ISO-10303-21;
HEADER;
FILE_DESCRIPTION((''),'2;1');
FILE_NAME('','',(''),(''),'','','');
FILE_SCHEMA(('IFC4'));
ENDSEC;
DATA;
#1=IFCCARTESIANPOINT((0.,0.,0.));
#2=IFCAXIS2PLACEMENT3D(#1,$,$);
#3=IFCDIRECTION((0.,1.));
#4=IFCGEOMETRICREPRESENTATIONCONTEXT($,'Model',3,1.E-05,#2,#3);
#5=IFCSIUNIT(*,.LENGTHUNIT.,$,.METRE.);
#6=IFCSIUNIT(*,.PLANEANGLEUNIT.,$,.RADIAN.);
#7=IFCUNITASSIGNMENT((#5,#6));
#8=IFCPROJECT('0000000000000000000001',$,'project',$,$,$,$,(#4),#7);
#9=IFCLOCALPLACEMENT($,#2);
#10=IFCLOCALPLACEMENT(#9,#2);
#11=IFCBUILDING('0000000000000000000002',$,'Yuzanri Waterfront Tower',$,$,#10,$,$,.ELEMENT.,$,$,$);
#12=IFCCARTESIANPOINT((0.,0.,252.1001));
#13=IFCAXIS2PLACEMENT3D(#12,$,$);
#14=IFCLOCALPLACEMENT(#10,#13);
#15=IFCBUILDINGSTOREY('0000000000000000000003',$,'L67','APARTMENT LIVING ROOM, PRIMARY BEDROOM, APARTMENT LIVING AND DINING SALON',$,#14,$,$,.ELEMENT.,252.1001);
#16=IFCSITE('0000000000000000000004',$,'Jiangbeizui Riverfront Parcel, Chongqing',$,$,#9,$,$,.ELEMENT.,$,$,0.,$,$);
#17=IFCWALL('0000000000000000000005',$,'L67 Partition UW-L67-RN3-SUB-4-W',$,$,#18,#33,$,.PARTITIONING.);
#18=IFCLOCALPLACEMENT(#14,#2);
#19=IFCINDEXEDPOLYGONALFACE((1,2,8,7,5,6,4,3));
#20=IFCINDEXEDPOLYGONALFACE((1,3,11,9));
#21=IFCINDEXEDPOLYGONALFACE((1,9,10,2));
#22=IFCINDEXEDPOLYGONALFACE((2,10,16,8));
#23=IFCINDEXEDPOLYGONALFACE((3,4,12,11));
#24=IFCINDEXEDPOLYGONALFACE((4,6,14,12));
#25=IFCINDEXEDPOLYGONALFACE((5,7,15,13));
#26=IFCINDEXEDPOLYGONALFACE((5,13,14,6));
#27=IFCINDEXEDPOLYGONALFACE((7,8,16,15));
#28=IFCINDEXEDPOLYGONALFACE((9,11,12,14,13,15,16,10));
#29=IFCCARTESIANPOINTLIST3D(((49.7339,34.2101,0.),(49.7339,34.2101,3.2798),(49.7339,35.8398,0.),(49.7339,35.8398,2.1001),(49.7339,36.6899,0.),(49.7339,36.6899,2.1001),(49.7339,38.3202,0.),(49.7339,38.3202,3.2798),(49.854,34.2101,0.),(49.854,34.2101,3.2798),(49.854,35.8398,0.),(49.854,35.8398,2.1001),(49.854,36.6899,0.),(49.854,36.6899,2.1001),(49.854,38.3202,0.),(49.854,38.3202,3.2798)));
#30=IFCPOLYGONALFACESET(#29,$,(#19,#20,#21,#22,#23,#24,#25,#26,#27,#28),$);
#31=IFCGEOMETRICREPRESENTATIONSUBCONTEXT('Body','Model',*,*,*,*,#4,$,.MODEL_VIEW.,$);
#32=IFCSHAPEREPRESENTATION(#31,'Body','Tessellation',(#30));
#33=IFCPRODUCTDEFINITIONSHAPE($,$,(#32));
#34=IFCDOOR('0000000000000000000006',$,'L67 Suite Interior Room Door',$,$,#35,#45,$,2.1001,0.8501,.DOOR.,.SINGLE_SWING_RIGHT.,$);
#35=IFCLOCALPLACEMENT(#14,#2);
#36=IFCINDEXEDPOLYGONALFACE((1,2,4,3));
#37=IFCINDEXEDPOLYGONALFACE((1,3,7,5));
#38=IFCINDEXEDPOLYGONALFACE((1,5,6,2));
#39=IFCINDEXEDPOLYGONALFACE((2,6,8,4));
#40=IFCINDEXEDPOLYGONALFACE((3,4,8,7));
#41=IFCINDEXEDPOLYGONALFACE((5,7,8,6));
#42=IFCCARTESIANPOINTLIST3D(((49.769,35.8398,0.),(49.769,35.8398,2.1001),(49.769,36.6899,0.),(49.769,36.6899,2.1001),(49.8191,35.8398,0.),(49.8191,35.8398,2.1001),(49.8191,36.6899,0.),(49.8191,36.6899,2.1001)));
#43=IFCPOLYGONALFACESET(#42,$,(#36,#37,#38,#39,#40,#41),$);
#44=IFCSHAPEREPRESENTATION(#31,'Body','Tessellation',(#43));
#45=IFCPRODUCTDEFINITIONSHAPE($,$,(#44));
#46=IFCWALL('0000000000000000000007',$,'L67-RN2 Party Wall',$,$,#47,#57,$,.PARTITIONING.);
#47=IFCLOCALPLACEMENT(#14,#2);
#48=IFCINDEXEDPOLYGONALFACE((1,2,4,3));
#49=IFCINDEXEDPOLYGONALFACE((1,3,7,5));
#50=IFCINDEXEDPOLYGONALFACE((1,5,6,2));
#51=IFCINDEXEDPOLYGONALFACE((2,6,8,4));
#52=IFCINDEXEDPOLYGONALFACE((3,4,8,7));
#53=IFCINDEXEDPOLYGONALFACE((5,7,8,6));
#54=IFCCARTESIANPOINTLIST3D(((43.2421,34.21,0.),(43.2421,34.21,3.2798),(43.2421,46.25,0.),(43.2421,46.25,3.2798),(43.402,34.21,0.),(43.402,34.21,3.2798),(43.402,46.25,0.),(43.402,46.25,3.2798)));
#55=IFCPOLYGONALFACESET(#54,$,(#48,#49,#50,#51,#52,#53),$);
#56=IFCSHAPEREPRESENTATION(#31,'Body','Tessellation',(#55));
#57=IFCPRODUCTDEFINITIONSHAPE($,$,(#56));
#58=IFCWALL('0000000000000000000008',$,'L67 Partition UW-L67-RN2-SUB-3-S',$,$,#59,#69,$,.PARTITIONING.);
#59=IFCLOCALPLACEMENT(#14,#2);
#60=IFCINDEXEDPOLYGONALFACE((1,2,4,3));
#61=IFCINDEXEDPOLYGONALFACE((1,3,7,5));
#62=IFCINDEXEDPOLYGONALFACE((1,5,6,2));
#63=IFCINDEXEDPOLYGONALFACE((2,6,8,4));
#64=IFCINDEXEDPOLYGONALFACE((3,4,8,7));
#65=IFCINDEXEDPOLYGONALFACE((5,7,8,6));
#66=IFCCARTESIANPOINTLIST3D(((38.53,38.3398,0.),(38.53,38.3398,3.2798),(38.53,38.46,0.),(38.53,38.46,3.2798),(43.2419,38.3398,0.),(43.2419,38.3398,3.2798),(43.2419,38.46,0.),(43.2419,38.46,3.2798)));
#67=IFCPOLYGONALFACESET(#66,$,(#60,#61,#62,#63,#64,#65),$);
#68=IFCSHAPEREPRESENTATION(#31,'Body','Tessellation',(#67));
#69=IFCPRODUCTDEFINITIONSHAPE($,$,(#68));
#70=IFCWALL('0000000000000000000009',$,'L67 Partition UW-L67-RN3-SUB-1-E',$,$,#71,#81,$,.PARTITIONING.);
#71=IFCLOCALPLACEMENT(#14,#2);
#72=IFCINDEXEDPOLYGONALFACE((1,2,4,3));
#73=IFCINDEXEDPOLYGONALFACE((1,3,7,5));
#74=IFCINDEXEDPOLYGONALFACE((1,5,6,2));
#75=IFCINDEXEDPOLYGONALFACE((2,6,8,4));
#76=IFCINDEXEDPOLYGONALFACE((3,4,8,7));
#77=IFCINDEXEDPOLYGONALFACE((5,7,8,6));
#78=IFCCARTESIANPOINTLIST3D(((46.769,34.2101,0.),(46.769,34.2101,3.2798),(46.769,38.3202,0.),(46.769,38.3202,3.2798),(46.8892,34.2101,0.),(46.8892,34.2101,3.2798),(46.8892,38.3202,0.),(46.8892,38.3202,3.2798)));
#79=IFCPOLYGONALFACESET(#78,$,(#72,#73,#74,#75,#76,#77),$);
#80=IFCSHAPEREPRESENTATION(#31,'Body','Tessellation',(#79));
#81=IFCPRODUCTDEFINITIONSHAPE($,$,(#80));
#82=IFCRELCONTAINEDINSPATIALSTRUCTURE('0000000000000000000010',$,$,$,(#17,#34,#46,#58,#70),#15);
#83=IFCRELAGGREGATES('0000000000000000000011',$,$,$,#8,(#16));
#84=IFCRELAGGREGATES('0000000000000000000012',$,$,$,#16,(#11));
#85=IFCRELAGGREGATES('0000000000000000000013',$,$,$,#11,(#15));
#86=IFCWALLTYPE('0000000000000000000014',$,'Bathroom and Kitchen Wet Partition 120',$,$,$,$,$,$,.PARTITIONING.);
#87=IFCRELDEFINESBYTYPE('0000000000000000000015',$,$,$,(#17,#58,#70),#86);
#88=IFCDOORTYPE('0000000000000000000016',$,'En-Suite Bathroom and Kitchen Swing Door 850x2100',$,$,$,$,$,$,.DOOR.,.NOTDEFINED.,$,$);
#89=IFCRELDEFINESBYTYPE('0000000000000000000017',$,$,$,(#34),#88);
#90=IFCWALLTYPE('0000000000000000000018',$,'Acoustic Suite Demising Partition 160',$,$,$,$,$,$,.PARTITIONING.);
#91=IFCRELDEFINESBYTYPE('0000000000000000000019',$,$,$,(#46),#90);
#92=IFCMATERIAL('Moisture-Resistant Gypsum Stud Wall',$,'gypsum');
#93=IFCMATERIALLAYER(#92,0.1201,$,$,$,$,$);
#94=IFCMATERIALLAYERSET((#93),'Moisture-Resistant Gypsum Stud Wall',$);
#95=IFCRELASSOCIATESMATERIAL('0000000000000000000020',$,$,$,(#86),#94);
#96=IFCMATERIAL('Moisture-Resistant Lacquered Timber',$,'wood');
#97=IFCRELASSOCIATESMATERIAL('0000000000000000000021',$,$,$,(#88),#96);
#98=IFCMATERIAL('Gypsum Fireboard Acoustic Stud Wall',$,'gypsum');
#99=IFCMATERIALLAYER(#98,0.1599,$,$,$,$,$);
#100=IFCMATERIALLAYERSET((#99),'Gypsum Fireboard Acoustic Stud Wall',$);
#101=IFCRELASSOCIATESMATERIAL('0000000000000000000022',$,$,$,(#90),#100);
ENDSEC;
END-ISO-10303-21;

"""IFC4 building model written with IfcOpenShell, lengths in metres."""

from ifc_helpers import new_model, si_unit, direction, frame, frame_2d, origin, place, context, subcontext, project, spatial, rectangle, extrude, source, transform, mapped, material, layer, layer_set, type_object, element, fill, save


model = new_model("IFC4")

# Units and contexts
model_context = context("Model", 3, precision=1e-05, world=origin(), true_north=direction((0.0, 1.0)))
body_context = subcontext(model_context, "Body", "Model", "MODEL_VIEW")
ifc_project = project(units=[si_unit("LENGTHUNIT", "METRE"), si_unit("PLANEANGLEUNIT", "RADIAN")], contexts=[model_context])

# Site, building, storey
site_placement = place(None, origin())
site = spatial("IfcSite", under=ifc_project, at=site_placement, Name="Jiangbeizui Riverfront Parcel, Chongqing", CompositionType="ELEMENT", RefElevation=0.0)
building_placement = place(site_placement, origin())
building = spatial("IfcBuilding", under=site, at=building_placement, Name="Yuzanri Waterfront Tower", CompositionType="ELEMENT")
storey_placement = place(building_placement, frame((0.0, 0.0, 252.1001)))
storey = spatial("IfcBuildingStorey", under=building, at=storey_placement, Name="L67", Description="APARTMENT LIVING ROOM, PRIMARY BEDROOM, APARTMENT LIVING AND DINING SALON", CompositionType="ELEMENT", Elevation=252.1001)

# Wall, opening, door
ifc_material_1 = material(Name="Moisture-Resistant Gypsum Stud Wall", Category="gypsum")
ifc_layer_1 = layer(ifc_material_1, 0.1201)
ifc_layer_set_1 = layer_set([ifc_layer_1], Name="Moisture-Resistant Gypsum Stud Wall")
wall_type_1 = type_object("IfcWallType", Name="Bathroom and Kitchen Wet Partition 120", PredefinedType="PARTITIONING", material=ifc_layer_set_1)
ifc_material_2 = material(Name="Moisture-Resistant Lacquered Timber", Category="wood")
door_type_1 = type_object("IfcDoorType", Name="En-Suite Bathroom and Kitchen Swing Door 850x2100", OperationType="NOTDEFINED", PredefinedType="DOOR", material=ifc_material_2)
shared_shape_1 = source(origin(), body_context, "Body", "SweptSolid", [
    extrude(rectangle(XDim=0.8501, YDim=2.1001, at=frame_2d((0.425, 1.05))), frame((0.0, 0.0249, 0.0), z_axis=(0.0, -1.0, 0.0), x_axis=(1.0, 0.0, 0.0)), (0.0, 0.0, 1.0), 0.05),
])
wall_1_placement = place(storey_placement, frame((49.7939, 34.21, 0.0), z_axis=(0.0, 0.0, 1.0), x_axis=(0.0, 1.0, 0.0)))
wall_1 = element("IfcWall", 1, at=wall_1_placement, inside=storey, type_object=wall_type_1, Name="L67 Partition UW-L67-RN3-SUB-4-W", PredefinedType="PARTITIONING", context=body_context, shape_type="SweptSolid", body=[
    extrude(rectangle(XDim=4.1101, YDim=0.1201, at=frame_2d((2.0552, 0.0))), origin(), (0.0, 0.0, 1.0), 3.2798),
])
opening_1_placement = place(wall_1_placement, frame((1.6299, 0.0, 0.0)))
opening_1 = element("IfcOpeningElement", 2, at=opening_1_placement, cuts=wall_1, PredefinedType="OPENING", context=body_context, shape_type="SweptSolid", body=[
    extrude(rectangle(XDim=0.8501, YDim=2.1001, at=frame_2d((0.425, 1.05))), frame((0.0, 0.075, 0.0), z_axis=(0.0, -1.0, 0.0), x_axis=(1.0, 0.0, 0.0)), (0.0, 0.0, 1.0), 0.1499),
])
door_1_placement = place(opening_1_placement, origin())
door_1 = element("IfcDoor", 3, at=door_1_placement, inside=storey, type_object=door_type_1, Name="L67 Suite Interior Room Door", OperationType="SINGLE_SWING_RIGHT", OverallHeight=2.1001, OverallWidth=0.8501, PredefinedType="DOOR", context=body_context, shape_type="MappedRepresentation", body=[
    mapped(shared_shape_1, transform((0.0, 0.0, 0.0), scale=1.0)),
])
fill(opening_1, door_1)

# Walls
ifc_material_3 = material(Name="Gypsum Fireboard Acoustic Stud Wall", Category="gypsum")
ifc_layer_2 = layer(ifc_material_3, 0.1599)
ifc_layer_set_2 = layer_set([ifc_layer_2], Name="Gypsum Fireboard Acoustic Stud Wall")
wall_type_2 = type_object("IfcWallType", Name="Acoustic Suite Demising Partition 160", PredefinedType="PARTITIONING", material=ifc_layer_set_2)
shared_shape_2 = source(origin(), body_context, "Body", "SweptSolid", [
    extrude(rectangle(XDim=12.04, YDim=0.1599, at=frame_2d((6.02, 0.0))), origin(), (0.0, 0.0, 1.0), 3.2798),
])
wall_2_placement = place(storey_placement, frame((43.322, 34.21, 0.0), z_axis=(0.0, 0.0, 1.0), x_axis=(0.0, 1.0, 0.0)))
element("IfcWall", 4, at=wall_2_placement, inside=storey, type_object=wall_type_2, Name="L67-RN2 Party Wall", PredefinedType="PARTITIONING", context=body_context, shape_type="MappedRepresentation", body=[
    mapped(shared_shape_2, transform((0.0, 0.0, 0.0), scale=1.0)),
])
shared_shape_3 = source(origin(), body_context, "Body", "SweptSolid", [
    extrude(rectangle(XDim=4.7119, YDim=0.1201, at=frame_2d((2.356, 0.0))), origin(), (0.0, 0.0, 1.0), 3.2798),
])
wall_3_placement = place(storey_placement, frame((38.53, 38.3999, 0.0), z_axis=(0.0, 0.0, 1.0), x_axis=(1.0, 0.0, 0.0)))
element("IfcWall", 5, at=wall_3_placement, inside=storey, type_object=wall_type_1, Name="L67 Partition UW-L67-RN2-SUB-3-S", PredefinedType="PARTITIONING", context=body_context, shape_type="MappedRepresentation", body=[
    mapped(shared_shape_3, transform((0.0, 0.0, 0.0), scale=1.0)),
])
shared_shape_4 = source(origin(), body_context, "Body", "SweptSolid", [
    extrude(rectangle(XDim=4.1101, YDim=0.1201, at=frame_2d((2.0552, 0.0))), origin(), (0.0, 0.0, 1.0), 3.2798),
])
wall_4_placement = place(storey_placement, frame((46.8291, 34.21, 0.0), z_axis=(0.0, 0.0, 1.0), x_axis=(0.0, 1.0, 0.0)))
element("IfcWall", 6, at=wall_4_placement, inside=storey, type_object=wall_type_1, Name="L67 Partition UW-L67-RN3-SUB-1-E", PredefinedType="PARTITIONING", context=body_context, shape_type="MappedRepresentation", body=[
    mapped(shared_shape_4, transform((0.0, 0.0, 0.0), scale=1.0)),
])

save(model, "model.ifc")
